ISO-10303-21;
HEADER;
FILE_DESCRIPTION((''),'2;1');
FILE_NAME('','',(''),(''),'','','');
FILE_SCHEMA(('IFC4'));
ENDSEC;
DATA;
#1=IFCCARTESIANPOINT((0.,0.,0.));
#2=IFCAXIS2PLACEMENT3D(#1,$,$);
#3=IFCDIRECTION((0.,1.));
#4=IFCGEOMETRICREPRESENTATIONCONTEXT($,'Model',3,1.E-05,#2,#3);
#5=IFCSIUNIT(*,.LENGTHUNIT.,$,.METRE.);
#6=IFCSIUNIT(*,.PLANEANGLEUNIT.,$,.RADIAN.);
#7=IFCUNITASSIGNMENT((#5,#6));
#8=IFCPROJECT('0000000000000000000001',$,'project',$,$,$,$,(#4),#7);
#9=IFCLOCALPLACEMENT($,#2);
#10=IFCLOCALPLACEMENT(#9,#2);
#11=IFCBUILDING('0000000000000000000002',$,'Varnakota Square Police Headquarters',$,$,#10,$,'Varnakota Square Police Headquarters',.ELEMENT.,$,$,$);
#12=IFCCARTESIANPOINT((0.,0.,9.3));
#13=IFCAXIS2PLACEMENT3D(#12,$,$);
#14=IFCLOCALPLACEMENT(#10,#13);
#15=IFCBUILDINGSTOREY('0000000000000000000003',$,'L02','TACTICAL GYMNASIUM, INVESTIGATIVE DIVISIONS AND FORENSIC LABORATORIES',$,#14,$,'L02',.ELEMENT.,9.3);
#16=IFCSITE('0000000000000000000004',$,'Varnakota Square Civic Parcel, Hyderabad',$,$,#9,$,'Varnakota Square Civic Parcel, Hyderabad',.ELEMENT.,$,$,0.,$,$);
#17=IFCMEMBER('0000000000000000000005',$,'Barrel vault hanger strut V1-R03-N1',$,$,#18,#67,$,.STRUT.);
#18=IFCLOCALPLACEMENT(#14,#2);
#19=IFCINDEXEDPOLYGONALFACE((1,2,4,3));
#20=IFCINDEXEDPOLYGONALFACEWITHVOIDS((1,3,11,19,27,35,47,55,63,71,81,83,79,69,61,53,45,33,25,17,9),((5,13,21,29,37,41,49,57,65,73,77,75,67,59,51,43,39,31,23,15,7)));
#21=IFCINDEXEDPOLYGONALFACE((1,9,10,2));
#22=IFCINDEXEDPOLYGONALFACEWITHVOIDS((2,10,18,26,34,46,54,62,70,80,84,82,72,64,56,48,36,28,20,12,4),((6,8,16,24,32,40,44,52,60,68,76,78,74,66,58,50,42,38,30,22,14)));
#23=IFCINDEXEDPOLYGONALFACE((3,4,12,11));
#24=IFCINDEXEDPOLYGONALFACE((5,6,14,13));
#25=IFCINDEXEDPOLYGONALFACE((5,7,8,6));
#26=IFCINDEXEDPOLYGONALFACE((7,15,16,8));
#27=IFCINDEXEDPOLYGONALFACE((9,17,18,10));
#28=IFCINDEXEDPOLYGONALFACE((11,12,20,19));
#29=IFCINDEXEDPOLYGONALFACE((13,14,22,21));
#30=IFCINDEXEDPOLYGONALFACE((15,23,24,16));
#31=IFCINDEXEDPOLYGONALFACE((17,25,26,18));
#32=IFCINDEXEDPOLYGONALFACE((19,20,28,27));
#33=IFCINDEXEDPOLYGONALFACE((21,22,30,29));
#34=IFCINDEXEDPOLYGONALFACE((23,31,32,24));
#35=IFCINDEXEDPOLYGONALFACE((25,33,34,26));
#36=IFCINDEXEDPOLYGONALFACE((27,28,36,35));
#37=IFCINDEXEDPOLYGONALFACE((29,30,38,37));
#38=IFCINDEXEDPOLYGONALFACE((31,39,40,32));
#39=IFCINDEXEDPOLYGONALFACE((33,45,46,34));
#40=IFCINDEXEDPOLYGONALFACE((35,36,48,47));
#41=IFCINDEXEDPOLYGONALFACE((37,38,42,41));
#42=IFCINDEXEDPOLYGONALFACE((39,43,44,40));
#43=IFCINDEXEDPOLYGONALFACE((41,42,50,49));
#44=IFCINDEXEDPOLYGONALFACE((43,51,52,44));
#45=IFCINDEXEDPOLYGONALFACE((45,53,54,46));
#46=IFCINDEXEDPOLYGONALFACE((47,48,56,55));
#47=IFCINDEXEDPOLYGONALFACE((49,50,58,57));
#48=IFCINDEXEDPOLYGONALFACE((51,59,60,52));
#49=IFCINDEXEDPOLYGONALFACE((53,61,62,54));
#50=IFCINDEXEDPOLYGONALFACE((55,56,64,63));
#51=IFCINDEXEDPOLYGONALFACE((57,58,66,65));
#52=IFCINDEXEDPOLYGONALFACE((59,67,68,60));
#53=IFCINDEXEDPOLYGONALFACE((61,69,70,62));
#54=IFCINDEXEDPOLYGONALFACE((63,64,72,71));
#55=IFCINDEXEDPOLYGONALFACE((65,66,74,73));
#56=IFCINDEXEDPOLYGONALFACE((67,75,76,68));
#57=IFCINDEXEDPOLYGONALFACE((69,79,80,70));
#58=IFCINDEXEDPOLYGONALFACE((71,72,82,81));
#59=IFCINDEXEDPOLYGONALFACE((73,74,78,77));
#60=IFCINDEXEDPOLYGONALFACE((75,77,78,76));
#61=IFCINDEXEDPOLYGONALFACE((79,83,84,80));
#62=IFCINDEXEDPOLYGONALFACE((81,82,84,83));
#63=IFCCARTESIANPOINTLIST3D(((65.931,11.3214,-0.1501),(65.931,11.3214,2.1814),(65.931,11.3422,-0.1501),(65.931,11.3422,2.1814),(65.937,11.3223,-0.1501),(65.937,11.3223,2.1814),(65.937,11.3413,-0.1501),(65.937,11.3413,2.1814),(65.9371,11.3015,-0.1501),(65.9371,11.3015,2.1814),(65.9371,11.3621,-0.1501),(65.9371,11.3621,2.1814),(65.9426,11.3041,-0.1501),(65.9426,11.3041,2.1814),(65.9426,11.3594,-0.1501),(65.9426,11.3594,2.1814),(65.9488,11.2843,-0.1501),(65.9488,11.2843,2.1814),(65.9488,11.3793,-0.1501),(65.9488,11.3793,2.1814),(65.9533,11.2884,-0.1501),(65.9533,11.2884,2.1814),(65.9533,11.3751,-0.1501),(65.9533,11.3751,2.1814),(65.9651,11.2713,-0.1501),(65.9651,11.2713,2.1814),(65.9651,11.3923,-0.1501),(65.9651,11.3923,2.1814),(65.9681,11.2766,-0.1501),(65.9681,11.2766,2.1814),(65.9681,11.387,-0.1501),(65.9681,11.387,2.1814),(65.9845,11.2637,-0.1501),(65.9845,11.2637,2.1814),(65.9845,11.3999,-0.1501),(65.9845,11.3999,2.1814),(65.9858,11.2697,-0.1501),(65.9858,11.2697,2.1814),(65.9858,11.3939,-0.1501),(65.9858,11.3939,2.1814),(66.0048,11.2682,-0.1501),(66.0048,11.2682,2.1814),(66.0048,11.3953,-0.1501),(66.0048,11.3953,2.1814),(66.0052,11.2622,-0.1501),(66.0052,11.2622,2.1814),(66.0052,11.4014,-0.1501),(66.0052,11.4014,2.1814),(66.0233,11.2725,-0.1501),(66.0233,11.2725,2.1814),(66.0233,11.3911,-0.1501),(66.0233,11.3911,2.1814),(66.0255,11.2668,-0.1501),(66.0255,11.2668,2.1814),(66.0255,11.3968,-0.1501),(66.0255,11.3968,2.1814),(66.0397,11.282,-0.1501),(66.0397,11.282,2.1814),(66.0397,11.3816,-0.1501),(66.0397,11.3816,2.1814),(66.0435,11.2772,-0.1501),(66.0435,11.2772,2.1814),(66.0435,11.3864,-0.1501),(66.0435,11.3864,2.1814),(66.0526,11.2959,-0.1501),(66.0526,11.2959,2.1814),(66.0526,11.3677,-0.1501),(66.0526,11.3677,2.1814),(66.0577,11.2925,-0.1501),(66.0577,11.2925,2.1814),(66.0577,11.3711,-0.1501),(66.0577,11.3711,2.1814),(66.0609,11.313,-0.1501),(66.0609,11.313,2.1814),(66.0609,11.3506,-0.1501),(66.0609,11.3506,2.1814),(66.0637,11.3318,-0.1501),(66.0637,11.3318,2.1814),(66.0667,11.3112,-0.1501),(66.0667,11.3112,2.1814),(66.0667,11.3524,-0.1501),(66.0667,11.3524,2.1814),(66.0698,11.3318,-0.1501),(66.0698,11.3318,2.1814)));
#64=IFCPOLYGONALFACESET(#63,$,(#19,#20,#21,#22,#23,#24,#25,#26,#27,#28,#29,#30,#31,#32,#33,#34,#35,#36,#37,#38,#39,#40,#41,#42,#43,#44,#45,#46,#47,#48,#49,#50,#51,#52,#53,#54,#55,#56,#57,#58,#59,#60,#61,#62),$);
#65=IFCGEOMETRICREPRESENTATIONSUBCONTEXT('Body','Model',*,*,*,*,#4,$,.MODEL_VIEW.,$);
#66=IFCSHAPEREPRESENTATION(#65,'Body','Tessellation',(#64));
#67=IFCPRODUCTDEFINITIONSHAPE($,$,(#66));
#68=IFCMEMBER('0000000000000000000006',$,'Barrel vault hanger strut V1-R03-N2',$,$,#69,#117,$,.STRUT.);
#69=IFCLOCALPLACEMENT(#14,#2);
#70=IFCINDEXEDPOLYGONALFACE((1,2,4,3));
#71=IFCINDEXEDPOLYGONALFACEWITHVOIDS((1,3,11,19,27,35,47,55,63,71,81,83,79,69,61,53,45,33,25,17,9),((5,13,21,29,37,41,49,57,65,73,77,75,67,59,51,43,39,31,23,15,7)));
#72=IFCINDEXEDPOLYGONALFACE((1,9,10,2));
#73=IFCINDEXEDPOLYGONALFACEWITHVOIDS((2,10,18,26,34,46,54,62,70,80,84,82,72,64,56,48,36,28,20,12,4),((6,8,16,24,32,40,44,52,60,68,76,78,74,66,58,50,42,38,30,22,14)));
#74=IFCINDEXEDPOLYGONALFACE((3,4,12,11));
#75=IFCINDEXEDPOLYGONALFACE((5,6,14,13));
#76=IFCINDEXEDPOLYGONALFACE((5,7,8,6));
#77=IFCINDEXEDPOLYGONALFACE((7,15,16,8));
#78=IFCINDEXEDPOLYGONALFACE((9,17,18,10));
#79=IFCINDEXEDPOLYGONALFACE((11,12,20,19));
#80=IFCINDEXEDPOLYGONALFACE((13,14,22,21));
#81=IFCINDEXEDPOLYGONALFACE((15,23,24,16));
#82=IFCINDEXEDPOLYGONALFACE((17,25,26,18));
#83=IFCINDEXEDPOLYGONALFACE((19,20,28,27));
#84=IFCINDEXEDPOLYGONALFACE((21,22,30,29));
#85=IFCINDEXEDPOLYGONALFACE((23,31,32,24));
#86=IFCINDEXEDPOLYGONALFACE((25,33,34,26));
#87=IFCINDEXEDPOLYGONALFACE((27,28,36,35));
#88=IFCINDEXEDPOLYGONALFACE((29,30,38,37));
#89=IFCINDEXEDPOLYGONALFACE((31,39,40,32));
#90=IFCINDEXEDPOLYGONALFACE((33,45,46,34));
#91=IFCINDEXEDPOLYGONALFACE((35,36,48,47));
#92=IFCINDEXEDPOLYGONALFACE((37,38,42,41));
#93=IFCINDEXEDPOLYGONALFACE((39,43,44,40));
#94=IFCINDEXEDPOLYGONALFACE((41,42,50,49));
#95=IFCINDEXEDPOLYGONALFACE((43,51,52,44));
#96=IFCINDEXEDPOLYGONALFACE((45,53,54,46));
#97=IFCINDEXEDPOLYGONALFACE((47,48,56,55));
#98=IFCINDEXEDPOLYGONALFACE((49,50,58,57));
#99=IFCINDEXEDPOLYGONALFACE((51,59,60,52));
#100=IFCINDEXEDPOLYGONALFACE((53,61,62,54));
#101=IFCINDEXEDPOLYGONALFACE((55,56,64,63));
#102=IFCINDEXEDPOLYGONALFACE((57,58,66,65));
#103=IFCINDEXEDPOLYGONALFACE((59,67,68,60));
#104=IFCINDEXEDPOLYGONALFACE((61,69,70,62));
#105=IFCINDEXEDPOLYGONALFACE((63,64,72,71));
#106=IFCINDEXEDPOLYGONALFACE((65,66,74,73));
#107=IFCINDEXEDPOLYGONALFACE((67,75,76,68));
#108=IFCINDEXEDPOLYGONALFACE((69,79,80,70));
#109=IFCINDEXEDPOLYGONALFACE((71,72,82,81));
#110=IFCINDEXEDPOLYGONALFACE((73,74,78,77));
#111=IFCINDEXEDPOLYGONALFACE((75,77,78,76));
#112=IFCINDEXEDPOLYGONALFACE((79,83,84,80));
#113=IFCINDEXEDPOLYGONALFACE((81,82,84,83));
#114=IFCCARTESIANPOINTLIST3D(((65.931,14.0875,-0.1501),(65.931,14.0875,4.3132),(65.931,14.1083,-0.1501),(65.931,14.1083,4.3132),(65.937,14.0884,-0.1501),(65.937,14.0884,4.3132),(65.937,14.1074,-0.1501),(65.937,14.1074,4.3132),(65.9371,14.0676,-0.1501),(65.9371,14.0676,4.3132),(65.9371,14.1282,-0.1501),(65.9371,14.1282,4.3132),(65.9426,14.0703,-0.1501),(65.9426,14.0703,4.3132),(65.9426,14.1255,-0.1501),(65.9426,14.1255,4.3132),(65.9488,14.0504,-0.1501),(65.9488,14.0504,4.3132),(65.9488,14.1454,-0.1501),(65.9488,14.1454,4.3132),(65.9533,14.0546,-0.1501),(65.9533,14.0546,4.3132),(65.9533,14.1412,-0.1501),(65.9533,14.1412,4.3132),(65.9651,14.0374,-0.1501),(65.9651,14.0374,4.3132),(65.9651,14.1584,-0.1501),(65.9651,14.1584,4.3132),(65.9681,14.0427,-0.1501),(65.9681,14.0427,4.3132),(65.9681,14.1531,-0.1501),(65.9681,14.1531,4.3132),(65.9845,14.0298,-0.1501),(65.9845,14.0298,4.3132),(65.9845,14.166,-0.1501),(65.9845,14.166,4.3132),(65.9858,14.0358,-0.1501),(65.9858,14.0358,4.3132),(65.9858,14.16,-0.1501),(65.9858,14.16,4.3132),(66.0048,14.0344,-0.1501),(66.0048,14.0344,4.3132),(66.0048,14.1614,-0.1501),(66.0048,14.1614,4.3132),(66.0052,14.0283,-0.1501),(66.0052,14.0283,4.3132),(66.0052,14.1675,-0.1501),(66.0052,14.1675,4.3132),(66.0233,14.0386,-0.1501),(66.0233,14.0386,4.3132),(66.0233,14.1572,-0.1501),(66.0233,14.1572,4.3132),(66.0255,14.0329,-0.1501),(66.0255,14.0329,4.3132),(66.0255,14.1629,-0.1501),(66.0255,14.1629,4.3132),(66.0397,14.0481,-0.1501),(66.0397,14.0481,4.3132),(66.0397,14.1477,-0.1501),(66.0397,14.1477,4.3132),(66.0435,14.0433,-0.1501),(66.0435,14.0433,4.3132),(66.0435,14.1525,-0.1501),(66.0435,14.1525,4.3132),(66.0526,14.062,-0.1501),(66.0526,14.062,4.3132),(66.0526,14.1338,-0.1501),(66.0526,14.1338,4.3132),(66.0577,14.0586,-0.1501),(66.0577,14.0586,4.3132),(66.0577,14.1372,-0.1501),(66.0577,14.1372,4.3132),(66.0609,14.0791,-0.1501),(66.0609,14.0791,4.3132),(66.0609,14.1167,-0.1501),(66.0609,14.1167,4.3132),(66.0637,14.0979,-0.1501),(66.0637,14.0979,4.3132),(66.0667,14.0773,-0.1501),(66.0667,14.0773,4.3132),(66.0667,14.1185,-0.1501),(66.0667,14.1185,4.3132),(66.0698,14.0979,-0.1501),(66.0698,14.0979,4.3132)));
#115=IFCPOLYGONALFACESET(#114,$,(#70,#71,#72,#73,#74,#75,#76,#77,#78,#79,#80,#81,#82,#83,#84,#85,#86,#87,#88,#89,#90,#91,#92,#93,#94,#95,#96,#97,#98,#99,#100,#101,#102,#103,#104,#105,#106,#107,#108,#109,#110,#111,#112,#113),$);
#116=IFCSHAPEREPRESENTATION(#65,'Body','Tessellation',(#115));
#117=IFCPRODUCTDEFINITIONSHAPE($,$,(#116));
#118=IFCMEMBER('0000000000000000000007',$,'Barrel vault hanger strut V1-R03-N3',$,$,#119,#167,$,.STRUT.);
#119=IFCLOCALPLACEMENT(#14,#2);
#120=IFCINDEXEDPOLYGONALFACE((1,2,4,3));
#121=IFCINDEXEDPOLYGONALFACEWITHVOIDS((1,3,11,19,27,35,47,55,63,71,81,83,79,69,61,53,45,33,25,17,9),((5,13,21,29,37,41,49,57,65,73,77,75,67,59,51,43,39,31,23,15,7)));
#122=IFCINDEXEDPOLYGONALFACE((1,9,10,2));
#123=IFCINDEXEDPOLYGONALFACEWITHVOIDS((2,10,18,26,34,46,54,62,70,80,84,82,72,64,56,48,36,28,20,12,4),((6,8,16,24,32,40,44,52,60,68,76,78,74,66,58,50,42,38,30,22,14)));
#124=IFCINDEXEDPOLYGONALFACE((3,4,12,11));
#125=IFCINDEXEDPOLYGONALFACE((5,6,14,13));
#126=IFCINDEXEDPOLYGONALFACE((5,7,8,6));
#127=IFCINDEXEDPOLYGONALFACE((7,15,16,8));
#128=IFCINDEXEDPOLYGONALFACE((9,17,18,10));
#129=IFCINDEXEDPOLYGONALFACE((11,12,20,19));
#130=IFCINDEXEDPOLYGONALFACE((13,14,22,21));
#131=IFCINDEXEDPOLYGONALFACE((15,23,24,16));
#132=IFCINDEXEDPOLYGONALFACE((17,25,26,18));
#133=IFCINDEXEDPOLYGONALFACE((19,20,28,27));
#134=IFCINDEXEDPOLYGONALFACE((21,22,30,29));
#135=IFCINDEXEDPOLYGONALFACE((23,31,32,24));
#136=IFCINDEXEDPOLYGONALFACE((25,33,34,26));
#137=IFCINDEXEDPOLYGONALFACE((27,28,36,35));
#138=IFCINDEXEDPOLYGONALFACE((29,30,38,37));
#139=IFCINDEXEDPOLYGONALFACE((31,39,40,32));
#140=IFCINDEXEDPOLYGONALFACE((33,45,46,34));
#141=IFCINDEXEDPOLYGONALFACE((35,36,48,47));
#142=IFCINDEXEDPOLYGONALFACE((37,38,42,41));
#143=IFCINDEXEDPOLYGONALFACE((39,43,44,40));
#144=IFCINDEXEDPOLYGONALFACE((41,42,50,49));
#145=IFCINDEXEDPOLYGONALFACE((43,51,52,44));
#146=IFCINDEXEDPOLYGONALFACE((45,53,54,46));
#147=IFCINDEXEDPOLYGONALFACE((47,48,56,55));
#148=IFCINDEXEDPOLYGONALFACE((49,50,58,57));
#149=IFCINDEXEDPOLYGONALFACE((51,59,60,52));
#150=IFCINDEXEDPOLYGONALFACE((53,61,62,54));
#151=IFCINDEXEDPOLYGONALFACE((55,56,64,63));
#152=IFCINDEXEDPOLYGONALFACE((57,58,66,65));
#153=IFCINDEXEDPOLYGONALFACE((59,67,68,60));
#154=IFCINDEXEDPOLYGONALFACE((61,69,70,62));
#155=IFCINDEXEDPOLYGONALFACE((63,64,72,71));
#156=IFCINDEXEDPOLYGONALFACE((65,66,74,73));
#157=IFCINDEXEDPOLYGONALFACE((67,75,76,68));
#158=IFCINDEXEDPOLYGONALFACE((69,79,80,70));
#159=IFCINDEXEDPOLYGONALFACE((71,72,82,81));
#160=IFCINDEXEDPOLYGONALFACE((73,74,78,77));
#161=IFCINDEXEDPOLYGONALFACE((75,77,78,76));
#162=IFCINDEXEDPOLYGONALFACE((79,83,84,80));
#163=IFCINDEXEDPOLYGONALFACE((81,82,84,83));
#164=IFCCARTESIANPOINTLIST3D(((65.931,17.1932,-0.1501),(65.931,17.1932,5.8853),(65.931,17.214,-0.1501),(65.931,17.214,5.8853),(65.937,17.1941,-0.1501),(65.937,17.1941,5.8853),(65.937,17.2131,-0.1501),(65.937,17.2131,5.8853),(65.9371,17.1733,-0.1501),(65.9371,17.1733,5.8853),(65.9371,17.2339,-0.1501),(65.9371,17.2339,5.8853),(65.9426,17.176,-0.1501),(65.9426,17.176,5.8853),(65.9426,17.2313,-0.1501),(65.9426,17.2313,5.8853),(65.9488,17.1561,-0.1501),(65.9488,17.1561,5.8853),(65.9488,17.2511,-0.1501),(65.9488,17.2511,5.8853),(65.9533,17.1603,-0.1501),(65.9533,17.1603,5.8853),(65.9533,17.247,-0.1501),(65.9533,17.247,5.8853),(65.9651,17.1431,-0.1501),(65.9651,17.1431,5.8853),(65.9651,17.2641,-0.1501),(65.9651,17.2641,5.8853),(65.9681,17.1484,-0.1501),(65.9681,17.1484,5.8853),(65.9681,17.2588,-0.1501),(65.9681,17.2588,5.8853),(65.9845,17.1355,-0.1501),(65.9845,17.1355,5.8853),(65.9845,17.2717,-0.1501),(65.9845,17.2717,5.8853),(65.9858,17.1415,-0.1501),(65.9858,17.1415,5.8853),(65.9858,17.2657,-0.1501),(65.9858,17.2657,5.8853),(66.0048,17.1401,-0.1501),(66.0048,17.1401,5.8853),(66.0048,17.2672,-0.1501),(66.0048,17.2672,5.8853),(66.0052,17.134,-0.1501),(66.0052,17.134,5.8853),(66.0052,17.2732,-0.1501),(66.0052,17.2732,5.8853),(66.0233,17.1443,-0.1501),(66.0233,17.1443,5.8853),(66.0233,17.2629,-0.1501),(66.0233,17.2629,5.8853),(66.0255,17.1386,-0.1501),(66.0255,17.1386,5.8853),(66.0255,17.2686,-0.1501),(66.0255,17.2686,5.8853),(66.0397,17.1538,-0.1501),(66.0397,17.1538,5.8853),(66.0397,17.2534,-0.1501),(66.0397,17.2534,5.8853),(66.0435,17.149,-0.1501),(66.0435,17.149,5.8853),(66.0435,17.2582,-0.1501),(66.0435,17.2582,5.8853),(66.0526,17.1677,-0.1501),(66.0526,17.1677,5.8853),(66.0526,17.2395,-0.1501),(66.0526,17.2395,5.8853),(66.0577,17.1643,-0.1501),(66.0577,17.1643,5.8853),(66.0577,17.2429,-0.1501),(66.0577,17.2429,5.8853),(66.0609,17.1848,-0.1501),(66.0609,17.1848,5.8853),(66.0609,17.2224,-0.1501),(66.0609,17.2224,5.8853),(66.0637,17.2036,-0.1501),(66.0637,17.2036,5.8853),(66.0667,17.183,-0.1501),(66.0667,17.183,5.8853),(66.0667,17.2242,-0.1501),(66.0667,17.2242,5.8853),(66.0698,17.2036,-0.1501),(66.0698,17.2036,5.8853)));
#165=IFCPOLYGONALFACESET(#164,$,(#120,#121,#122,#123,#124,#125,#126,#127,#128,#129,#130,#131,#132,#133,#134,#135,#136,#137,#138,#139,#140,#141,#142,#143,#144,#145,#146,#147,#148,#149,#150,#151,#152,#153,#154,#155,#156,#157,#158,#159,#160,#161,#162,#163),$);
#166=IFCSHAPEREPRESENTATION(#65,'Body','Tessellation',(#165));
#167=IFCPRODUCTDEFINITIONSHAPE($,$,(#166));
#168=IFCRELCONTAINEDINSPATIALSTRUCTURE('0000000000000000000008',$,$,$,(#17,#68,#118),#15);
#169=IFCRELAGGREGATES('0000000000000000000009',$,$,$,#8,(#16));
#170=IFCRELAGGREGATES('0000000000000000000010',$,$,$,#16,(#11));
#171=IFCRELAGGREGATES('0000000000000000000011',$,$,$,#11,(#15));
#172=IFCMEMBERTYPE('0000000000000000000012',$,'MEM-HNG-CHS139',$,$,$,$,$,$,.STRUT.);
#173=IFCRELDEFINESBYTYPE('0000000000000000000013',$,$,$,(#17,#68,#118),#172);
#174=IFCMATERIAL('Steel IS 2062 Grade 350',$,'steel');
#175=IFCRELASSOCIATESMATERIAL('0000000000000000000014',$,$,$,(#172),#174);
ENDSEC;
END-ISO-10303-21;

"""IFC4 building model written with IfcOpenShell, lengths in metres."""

from ifc_helpers import new_model, si_unit, direction, frame, origin, origin_2d, place, context, subcontext, project, spatial, hollow_circle, extrude, material, material_profile, profile_set, type_object, element, save


model = new_model("IFC4")

# Units and contexts
model_context = context("Model", 3, precision=1e-05, world=origin(), true_north=direction((0.0, 1.0)))
body_context = subcontext(model_context, "Body", "Model", "MODEL_VIEW")
ifc_project = project(units=[si_unit("LENGTHUNIT", "METRE"), si_unit("PLANEANGLEUNIT", "RADIAN")], contexts=[model_context])

# Site, building, storey
site_placement = place(None, origin())
site = spatial("IfcSite", under=ifc_project, at=site_placement, Name="Varnakota Square Civic Parcel, Hyderabad", LongName="Varnakota Square Civic Parcel, Hyderabad", CompositionType="ELEMENT", RefElevation=0.0)
building_placement = place(site_placement, origin())
building = spatial("IfcBuilding", under=site, at=building_placement, Name="Varnakota Square Police Headquarters", LongName="Varnakota Square Police Headquarters", CompositionType="ELEMENT")
storey_placement = place(building_placement, frame((0.0, 0.0, 9.3)))
storey = spatial("IfcBuildingStorey", under=building, at=storey_placement, Name="L02", Description="TACTICAL GYMNASIUM, INVESTIGATIVE DIVISIONS AND FORENSIC LABORATORIES", LongName="L02", CompositionType="ELEMENT", Elevation=9.3)

# Shared definitions
ifc_material_1 = material(Name="Steel IS 2062 Grade 350", Category="steel")

# Members
ifc_material_profile_1 = material_profile(ifc_material_1, hollow_circle(Radius=0.0698, WallThickness=0.0061, at=origin_2d()), Name="CHS 139.7x6.0")
ifc_profile_set_1 = profile_set([ifc_material_profile_1], Name="Steel IS 2062 Grade 350")
member_type_1 = type_object("IfcMemberType", Name="MEM-HNG-CHS139", PredefinedType="STRUT", material=ifc_profile_set_1)
member_1_placement = place(storey_placement, frame((66.0, 11.3318, -0.1501), z_axis=(0.0, 0.0, 1.0), x_axis=(1.0, 0.0, 0.0)))
element("IfcMember", 1, at=member_1_placement, inside=storey, type_object=member_type_1, Name="Barrel vault hanger strut V1-R03-N1", PredefinedType="STRUT", context=body_context, shape_type="SweptSolid", body=[
    extrude(hollow_circle(Radius=0.0698, WallThickness=0.0061, at=origin_2d()), origin(), (0.0, 0.0, 1.0), 2.3315),
])
member_2_placement = place(storey_placement, frame((66.0, 14.0979, -0.1501), z_axis=(0.0, 0.0, 1.0), x_axis=(1.0, 0.0, 0.0)))
element("IfcMember", 2, at=member_2_placement, inside=storey, type_object=member_type_1, Name="Barrel vault hanger strut V1-R03-N2", PredefinedType="STRUT", context=body_context, shape_type="SweptSolid", body=[
    extrude(hollow_circle(Radius=0.0698, WallThickness=0.0061, at=origin_2d()), origin(), (0.0, 0.0, 1.0), 4.4634),
])
member_3_placement = place(storey_placement, frame((66.0, 17.2036, -0.1501), z_axis=(0.0, 0.0, 1.0), x_axis=(1.0, 0.0, 0.0)))
element("IfcMember", 3, at=member_3_placement, inside=storey, type_object=member_type_1, Name="Barrel vault hanger strut V1-R03-N3", PredefinedType="STRUT", context=body_context, shape_type="SweptSolid", body=[
    extrude(hollow_circle(Radius=0.0698, WallThickness=0.0061, at=origin_2d()), origin(), (0.0, 0.0, 1.0), 6.0354),
])

save(model, "model.ifc")
